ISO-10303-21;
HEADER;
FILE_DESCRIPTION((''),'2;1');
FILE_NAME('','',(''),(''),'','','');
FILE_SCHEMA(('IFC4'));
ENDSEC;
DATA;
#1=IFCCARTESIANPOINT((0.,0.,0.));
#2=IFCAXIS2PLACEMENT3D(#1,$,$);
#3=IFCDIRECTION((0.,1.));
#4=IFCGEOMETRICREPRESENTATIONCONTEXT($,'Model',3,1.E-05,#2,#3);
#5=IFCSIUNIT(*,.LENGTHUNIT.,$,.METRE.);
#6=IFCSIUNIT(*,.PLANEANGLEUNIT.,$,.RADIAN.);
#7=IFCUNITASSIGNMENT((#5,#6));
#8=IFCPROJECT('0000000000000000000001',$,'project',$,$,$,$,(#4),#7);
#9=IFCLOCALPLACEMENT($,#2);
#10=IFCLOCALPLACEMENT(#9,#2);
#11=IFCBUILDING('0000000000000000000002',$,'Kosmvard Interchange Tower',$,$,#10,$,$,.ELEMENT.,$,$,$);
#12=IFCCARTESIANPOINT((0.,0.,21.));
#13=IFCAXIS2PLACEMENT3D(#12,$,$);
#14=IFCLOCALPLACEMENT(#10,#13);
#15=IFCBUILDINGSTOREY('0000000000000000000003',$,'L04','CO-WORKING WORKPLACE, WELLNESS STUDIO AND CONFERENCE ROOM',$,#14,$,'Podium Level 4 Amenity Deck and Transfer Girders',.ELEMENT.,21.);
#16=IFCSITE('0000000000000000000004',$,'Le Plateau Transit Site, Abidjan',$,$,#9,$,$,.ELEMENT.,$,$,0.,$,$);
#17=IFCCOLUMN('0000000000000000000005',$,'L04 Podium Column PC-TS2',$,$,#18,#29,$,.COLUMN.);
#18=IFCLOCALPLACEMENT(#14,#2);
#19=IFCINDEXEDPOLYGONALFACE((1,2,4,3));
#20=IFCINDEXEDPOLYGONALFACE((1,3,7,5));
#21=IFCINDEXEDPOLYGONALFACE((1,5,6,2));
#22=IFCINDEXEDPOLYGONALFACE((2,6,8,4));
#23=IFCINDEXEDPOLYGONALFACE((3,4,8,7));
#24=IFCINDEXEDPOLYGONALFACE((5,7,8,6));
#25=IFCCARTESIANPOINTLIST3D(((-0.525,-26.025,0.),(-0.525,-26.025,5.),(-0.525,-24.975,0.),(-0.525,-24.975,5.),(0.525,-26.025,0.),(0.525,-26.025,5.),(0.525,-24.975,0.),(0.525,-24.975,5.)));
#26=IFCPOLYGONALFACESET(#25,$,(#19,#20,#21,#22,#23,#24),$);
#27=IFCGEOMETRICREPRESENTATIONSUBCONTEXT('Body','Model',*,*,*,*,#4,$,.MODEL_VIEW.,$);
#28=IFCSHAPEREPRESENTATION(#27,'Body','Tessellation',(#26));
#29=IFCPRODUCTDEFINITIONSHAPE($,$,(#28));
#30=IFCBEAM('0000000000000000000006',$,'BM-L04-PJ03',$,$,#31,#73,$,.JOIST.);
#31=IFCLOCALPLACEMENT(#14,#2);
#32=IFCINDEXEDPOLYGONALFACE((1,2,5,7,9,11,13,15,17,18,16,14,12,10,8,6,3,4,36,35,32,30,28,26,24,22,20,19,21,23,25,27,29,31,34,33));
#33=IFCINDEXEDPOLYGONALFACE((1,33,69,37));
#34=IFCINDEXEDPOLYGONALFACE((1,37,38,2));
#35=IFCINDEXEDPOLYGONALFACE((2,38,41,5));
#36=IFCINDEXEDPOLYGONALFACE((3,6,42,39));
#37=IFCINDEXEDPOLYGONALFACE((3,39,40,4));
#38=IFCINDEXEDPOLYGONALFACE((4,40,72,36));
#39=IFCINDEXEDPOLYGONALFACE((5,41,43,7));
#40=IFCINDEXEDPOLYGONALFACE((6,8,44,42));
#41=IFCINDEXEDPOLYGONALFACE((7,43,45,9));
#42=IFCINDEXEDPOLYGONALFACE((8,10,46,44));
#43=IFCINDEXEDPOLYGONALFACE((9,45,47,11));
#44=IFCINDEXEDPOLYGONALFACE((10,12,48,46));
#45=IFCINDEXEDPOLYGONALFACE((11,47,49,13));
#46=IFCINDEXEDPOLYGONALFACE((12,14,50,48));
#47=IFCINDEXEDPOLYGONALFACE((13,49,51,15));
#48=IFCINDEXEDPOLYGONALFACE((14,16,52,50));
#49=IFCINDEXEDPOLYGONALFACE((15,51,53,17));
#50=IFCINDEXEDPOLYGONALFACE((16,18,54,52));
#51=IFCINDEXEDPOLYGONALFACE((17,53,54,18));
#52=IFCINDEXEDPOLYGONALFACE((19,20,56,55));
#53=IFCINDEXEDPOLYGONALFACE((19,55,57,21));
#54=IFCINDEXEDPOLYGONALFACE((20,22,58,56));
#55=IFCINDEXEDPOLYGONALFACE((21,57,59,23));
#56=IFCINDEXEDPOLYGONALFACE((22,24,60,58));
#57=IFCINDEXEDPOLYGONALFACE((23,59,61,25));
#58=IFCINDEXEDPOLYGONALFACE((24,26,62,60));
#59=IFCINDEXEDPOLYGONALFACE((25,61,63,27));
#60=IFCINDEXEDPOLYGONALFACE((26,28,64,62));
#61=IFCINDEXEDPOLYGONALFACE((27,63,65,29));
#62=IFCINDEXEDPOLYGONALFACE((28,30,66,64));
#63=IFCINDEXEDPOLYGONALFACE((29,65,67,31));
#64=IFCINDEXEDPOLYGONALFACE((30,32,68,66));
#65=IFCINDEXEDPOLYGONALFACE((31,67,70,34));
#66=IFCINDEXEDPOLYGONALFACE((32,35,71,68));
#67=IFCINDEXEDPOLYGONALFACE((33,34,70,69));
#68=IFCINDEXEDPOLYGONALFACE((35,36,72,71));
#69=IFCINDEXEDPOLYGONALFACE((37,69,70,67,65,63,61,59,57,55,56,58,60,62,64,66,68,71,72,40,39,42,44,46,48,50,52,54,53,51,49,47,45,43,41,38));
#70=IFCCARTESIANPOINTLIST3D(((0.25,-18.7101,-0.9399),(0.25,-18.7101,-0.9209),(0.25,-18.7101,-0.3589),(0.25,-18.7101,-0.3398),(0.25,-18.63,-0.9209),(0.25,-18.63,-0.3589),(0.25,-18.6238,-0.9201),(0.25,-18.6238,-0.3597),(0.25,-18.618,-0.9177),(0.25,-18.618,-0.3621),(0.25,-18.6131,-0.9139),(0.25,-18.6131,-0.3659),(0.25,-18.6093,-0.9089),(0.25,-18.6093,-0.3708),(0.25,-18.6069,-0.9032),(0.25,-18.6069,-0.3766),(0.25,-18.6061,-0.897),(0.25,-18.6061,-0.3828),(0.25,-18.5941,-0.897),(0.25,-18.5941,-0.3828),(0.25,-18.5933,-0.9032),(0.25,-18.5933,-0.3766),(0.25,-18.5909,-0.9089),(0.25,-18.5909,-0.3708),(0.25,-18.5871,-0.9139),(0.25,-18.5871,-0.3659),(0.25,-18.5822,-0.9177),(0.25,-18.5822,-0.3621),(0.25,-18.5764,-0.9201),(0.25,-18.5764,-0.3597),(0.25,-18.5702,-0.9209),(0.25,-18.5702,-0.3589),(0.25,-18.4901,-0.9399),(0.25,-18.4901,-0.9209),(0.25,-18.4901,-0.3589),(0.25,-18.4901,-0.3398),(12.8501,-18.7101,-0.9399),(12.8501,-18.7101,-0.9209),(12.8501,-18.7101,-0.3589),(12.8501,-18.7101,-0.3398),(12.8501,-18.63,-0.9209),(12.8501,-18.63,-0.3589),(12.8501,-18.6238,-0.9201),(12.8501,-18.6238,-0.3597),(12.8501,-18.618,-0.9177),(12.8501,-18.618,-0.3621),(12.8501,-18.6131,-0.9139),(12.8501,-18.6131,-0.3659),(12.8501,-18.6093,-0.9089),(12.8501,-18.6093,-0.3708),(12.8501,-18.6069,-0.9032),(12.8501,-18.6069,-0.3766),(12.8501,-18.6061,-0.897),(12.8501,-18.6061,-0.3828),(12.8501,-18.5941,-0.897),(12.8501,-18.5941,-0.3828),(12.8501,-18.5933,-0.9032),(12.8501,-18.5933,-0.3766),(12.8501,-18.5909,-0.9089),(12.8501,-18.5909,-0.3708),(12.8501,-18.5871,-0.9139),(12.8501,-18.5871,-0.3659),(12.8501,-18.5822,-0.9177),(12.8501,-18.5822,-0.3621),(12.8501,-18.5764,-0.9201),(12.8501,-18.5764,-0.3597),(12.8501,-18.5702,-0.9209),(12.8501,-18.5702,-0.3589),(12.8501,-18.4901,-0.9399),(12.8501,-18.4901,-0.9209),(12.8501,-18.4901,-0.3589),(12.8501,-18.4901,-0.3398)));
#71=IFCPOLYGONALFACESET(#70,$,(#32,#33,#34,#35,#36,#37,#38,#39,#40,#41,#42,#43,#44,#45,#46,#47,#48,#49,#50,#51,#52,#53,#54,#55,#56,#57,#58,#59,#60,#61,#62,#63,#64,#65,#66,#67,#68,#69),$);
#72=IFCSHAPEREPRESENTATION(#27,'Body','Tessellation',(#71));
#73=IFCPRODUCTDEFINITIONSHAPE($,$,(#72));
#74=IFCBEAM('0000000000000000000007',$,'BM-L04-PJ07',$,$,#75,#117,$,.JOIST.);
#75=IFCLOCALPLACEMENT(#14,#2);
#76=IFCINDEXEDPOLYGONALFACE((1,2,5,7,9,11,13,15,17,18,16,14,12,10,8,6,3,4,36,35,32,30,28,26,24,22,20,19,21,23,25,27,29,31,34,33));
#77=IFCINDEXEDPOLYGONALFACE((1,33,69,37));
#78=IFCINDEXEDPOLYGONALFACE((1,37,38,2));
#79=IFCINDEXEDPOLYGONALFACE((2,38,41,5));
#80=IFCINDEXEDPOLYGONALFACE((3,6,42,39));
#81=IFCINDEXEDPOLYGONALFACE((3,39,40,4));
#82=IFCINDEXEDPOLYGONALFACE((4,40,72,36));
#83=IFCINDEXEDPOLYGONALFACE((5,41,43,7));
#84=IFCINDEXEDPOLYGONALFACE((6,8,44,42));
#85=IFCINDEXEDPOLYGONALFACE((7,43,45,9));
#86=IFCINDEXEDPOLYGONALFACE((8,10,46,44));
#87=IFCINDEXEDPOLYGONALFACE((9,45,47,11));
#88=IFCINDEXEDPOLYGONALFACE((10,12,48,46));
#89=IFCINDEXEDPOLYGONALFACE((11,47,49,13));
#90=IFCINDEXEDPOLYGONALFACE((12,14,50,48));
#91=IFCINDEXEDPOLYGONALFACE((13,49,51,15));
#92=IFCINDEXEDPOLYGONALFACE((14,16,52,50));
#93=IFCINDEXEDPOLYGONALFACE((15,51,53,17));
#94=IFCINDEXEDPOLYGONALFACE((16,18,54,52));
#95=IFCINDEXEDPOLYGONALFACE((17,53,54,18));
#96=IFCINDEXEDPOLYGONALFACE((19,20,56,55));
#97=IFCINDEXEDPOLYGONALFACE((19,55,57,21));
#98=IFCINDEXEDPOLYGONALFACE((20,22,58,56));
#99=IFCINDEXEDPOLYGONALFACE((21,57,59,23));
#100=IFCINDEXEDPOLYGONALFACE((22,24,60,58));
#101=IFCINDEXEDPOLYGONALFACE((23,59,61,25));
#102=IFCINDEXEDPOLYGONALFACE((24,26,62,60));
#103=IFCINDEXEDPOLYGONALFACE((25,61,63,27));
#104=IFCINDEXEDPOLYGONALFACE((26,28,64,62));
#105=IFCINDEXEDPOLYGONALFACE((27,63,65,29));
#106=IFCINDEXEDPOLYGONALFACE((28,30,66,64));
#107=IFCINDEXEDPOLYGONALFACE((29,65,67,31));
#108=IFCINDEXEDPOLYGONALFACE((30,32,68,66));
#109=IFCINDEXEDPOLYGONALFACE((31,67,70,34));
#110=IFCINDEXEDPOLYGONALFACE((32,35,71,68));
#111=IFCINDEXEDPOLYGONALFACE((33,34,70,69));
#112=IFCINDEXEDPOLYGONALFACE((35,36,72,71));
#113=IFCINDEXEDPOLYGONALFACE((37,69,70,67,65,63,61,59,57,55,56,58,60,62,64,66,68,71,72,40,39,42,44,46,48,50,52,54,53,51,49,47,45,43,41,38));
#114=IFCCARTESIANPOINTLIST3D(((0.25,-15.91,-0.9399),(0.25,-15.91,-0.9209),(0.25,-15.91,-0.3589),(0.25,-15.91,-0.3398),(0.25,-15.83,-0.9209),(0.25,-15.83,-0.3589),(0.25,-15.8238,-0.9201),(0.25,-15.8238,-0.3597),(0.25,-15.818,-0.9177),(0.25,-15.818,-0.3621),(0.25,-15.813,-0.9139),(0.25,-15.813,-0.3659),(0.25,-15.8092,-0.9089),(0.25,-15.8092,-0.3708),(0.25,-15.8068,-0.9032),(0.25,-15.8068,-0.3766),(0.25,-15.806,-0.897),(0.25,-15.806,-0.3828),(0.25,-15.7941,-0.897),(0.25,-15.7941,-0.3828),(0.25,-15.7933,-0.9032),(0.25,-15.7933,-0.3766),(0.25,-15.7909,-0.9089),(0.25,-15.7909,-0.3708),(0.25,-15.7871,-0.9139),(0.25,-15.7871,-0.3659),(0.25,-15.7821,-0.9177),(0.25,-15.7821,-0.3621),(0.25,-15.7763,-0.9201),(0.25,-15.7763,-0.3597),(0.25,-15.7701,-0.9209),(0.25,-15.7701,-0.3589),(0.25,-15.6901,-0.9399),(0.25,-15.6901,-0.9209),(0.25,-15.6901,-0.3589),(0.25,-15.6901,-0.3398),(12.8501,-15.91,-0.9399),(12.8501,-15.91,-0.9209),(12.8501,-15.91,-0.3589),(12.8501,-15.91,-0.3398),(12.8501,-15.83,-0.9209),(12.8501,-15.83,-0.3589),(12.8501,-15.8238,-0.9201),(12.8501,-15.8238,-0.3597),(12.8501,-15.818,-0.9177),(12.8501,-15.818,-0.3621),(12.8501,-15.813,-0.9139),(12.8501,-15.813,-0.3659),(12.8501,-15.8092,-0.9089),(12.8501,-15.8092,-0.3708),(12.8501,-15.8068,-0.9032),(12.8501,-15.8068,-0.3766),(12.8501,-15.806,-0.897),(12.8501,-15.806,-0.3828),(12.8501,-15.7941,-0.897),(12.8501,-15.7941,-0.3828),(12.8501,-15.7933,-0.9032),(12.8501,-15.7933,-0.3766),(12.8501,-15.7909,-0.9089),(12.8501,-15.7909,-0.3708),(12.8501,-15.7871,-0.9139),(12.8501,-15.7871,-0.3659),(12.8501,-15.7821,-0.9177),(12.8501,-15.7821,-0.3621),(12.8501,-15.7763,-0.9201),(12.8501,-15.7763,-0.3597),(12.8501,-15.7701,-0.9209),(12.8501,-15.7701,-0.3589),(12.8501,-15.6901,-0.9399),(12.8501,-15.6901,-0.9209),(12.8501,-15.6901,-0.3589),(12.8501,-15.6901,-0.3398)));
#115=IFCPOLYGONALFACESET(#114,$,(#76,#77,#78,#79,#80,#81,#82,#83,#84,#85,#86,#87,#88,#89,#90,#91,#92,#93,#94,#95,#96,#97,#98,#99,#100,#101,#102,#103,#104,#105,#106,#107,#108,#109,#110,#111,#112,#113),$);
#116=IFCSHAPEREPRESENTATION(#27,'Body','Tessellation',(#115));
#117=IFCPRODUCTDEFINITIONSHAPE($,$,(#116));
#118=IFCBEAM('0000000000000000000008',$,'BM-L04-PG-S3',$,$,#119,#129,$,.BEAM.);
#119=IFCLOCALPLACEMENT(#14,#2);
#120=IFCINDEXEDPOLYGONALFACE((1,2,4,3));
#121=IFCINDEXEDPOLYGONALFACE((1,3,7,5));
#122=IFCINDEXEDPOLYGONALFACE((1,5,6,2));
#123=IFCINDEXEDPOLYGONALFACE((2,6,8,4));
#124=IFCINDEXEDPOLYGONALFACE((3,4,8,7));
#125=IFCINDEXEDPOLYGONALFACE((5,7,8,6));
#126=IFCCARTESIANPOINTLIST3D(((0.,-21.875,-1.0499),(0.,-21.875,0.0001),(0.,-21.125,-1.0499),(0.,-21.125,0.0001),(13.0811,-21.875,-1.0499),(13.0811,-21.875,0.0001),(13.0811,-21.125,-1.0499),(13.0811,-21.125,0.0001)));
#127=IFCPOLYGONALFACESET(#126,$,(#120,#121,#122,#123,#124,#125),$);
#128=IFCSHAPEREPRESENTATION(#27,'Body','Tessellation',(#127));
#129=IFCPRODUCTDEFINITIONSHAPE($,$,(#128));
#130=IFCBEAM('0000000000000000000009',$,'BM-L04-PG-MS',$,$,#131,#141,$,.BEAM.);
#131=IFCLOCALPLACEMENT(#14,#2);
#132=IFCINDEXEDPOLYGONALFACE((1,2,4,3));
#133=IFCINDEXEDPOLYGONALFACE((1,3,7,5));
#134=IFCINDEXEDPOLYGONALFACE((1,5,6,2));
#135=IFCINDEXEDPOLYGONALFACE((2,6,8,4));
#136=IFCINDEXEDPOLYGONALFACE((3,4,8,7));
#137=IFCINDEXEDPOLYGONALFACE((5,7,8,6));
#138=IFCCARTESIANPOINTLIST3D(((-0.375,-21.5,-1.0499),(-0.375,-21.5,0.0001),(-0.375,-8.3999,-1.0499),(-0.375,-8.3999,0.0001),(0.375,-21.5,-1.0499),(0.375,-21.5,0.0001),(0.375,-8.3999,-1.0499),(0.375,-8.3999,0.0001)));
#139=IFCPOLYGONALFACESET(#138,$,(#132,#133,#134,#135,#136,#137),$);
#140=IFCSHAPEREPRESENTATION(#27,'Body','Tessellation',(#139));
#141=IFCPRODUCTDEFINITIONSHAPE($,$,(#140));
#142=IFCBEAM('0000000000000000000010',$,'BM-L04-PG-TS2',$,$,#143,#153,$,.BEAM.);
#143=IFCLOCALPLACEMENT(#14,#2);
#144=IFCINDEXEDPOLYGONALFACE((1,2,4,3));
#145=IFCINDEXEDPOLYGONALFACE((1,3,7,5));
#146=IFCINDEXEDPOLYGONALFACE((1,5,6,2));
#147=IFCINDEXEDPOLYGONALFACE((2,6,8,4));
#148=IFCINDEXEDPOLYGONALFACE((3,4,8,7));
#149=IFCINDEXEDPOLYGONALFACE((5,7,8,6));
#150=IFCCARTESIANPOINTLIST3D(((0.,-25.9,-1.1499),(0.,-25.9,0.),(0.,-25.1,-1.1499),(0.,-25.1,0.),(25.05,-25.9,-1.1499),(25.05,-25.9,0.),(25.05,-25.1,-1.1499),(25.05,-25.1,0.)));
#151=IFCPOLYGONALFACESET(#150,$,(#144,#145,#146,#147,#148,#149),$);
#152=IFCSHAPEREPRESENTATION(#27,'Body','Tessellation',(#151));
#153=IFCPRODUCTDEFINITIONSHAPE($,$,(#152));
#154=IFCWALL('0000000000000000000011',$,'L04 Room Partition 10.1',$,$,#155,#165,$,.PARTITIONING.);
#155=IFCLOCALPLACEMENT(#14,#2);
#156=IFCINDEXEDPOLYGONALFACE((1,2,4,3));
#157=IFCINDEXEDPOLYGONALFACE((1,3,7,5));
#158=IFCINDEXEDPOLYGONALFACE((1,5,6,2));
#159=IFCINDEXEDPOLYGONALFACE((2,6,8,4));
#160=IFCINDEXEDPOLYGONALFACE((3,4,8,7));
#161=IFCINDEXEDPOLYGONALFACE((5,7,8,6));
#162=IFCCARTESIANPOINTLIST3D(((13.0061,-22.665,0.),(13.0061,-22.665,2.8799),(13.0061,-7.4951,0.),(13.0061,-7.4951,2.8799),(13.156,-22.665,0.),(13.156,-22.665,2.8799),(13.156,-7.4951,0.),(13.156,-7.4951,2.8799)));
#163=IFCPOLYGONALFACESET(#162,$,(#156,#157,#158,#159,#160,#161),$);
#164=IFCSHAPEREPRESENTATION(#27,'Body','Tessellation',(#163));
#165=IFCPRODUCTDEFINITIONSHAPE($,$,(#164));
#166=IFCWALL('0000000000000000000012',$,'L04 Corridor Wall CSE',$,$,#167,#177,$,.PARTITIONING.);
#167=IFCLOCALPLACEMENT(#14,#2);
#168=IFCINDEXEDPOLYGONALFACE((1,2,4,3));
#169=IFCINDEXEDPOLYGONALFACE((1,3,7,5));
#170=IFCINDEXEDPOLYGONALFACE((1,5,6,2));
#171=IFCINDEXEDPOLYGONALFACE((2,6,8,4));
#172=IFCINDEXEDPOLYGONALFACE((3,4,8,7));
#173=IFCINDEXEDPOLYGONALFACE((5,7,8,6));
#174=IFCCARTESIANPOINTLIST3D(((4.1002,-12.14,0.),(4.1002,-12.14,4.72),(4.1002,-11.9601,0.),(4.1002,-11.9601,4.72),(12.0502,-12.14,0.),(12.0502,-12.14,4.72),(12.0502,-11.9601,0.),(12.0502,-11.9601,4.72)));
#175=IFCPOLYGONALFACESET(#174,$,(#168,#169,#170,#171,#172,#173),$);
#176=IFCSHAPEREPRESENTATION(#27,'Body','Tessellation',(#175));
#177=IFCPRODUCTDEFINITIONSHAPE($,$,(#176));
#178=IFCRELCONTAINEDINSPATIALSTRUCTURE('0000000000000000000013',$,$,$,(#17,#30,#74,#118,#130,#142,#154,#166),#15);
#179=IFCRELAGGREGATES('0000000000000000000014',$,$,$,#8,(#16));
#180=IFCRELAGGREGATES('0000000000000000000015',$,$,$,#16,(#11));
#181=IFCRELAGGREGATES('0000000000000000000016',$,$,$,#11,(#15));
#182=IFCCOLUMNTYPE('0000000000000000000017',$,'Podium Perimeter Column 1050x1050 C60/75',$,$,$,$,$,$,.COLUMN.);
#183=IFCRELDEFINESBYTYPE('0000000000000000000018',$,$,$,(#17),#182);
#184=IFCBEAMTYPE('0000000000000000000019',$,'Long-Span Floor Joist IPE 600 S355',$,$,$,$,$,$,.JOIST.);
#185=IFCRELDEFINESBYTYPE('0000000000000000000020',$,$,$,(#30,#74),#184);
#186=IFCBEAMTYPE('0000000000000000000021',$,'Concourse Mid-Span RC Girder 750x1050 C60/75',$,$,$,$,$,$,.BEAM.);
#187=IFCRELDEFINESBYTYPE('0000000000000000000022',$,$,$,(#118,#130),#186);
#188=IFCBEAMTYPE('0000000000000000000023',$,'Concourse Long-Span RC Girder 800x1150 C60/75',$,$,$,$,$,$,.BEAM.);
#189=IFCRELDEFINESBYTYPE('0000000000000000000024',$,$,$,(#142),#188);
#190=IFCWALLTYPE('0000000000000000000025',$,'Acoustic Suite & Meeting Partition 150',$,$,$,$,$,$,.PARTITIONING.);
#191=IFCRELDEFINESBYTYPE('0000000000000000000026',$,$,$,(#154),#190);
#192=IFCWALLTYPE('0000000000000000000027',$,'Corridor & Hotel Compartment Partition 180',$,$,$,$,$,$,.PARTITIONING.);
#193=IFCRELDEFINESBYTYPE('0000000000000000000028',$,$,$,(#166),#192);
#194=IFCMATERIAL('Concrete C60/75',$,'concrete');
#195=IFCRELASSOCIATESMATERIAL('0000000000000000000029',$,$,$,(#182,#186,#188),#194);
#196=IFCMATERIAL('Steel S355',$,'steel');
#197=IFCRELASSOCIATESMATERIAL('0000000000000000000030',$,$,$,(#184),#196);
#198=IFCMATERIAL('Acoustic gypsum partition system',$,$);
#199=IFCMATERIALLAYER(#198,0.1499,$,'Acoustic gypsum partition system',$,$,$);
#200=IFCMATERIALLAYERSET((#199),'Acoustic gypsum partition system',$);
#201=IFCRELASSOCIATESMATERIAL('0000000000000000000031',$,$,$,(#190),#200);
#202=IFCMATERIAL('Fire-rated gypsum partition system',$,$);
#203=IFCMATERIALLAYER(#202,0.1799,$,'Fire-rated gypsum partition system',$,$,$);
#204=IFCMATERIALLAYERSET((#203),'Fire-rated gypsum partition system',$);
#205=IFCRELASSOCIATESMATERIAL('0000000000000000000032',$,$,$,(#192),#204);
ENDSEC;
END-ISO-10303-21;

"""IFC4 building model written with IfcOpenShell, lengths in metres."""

from ifc_helpers import new_model, si_unit, direction, frame, frame_2d, origin, origin_2d, place, context, subcontext, project, spatial, rectangle, i_section, extrude, source, transform, mapped, material, layer, layer_set, material_profile, profile_set, type_object, element, save


model = new_model("IFC4")

# Units and contexts
model_context = context("Model", 3, precision=1e-05, world=origin(), true_north=direction((0.0, 1.0)))
body_context = subcontext(model_context, "Body", "Model", "MODEL_VIEW")
ifc_project = project(units=[si_unit("LENGTHUNIT", "METRE"), si_unit("PLANEANGLEUNIT", "RADIAN")], contexts=[model_context])

# Site, building, storey
site_placement = place(None, origin())
site = spatial("IfcSite", under=ifc_project, at=site_placement, Name="Le Plateau Transit Site, Abidjan", CompositionType="ELEMENT", RefElevation=0.0)
building_placement = place(site_placement, origin())
building = spatial("IfcBuilding", under=site, at=building_placement, Name="Kosmvard Interchange Tower", CompositionType="ELEMENT")
storey_placement = place(building_placement, frame((0.0, 0.0, 21.0)))
storey = spatial("IfcBuildingStorey", under=building, at=storey_placement, Name="L04", Description="CO-WORKING WORKPLACE, WELLNESS STUDIO AND CONFERENCE ROOM", LongName="Podium Level 4 Amenity Deck and Transfer Girders", CompositionType="ELEMENT", Elevation=21.0)

# Column
ifc_material_1 = material(Name="Concrete C60/75", Category="concrete")
ifc_material_profile_1 = material_profile(ifc_material_1, rectangle(XDim=1.05, YDim=1.05, at=origin_2d()), Name="PC 1050x1050")
ifc_profile_set_1 = profile_set([ifc_material_profile_1], Name="Concrete C60/75")
column_type = type_object("IfcColumnType", Name="Podium Perimeter Column 1050x1050 C60/75", PredefinedType="COLUMN", material=ifc_profile_set_1)
shared_shape_1 = source(origin(), body_context, "Body", "SweptSolid", [
    extrude(rectangle(XDim=1.05, YDim=1.05, at=origin_2d()), origin(), (0.0, 0.0, 1.0), 5.0),
])
column_placement = place(storey_placement, frame((0.0, -25.5, 0.0), z_axis=(0.0, 0.0, 1.0), x_axis=(1.0, 0.0, 0.0)))
element("IfcColumn", 1, at=column_placement, inside=storey, type_object=column_type, Name="L04 Podium Column PC-TS2", PredefinedType="COLUMN", context=body_context, shape_type="MappedRepresentation", body=[
    mapped(shared_shape_1, transform((0.0, 0.0, 0.0), scale=1.0)),
])

# Beams
ifc_material_2 = material(Name="Steel S355", Category="steel")
ifc_material_profile_2 = material_profile(ifc_material_2, i_section(OverallWidth=0.22, OverallDepth=0.6001, WebThickness=0.012, FlangeThickness=0.019, FilletRadius=0.0239, at=origin_2d()), Name="IPE 600")
ifc_profile_set_2 = profile_set([ifc_material_profile_2], Name="Steel S355")
beam_type_1 = type_object("IfcBeamType", Name="Long-Span Floor Joist IPE 600 S355", PredefinedType="JOIST", material=ifc_profile_set_2)
shared_shape_2 = source(origin(), body_context, "Body", "SweptSolid", [
    extrude(i_section(OverallWidth=0.22, OverallDepth=0.6001, WebThickness=0.012, FlangeThickness=0.019, FilletRadius=0.0239, at=origin_2d()), origin(), (0.0, 0.0, 1.0), 12.6001),
])
for number, where, z_axis, x_axis, name in (
    (2, (0.25, -18.6001, -0.6399), (1.0, 0.0, 0.0), (0.0, 1.0, 0.0), "BM-L04-PJ03"),
    (3, (0.25, -15.8, -0.6399), (1.0, 0.0, 0.0), (0.0, 1.0, 0.0), "BM-L04-PJ07"),
):
    element("IfcBeam", number, at=place(storey_placement, frame(where, z_axis=z_axis, x_axis=x_axis)), inside=storey, type_object=beam_type_1, Name=name, PredefinedType="JOIST", context=body_context, shape_type="MappedRepresentation", body=[
        mapped(shared_shape_2, transform((0.0, 0.0, 0.0), scale=1.0)),
    ])
ifc_material_profile_3 = material_profile(ifc_material_1, rectangle(XDim=0.75, YDim=1.05, at=origin_2d()), Name="RCG 750x1050")
ifc_profile_set_3 = profile_set([ifc_material_profile_3], Name="Concrete C60/75")
beam_type_2 = type_object("IfcBeamType", Name="Concourse Mid-Span RC Girder 750x1050 C60/75", PredefinedType="BEAM", material=ifc_profile_set_3)
shared_shape_3 = source(origin(), body_context, "Body", "SweptSolid", [
    extrude(rectangle(XDim=0.75, YDim=1.05, at=origin_2d()), origin(), (0.0, 0.0, 1.0), 13.0811),
])
beam_1_placement = place(storey_placement, frame((0.0, -21.5, -0.5249), z_axis=(1.0, 0.0, 0.0), x_axis=(0.0, 1.0, 0.0)))
element("IfcBeam", 4, at=beam_1_placement, inside=storey, type_object=beam_type_2, Name="BM-L04-PG-S3", PredefinedType="BEAM", context=body_context, shape_type="MappedRepresentation", body=[
    mapped(shared_shape_3, transform((0.0, 0.0, 0.0), scale=1.0)),
])
shared_shape_4 = source(origin(), body_context, "Body", "SweptSolid", [
    extrude(rectangle(XDim=0.75, YDim=1.05, at=origin_2d()), origin(), (0.0, 0.0, 1.0), 13.1001),
])
beam_2_placement = place(storey_placement, frame((0.0, -21.5, -0.5249), z_axis=(0.0, 1.0, 0.0), x_axis=(-1.0, 0.0, 0.0)))
element("IfcBeam", 5, at=beam_2_placement, inside=storey, type_object=beam_type_2, Name="BM-L04-PG-MS", PredefinedType="BEAM", context=body_context, shape_type="MappedRepresentation", body=[
    mapped(shared_shape_4, transform((0.0, 0.0, 0.0), scale=1.0)),
])
ifc_material_profile_4 = material_profile(ifc_material_1, rectangle(XDim=0.8, YDim=1.1499, at=origin_2d()), Name="RCG 800x1150")
ifc_profile_set_4 = profile_set([ifc_material_profile_4], Name="Concrete C60/75")
beam_type_3 = type_object("IfcBeamType", Name="Concourse Long-Span RC Girder 800x1150 C60/75", PredefinedType="BEAM", material=ifc_profile_set_4)
shared_shape_5 = source(origin(), body_context, "Body", "SweptSolid", [
    extrude(rectangle(XDim=0.8, YDim=1.1499, at=origin_2d()), origin(), (0.0, 0.0, 1.0), 25.05),
])
beam_3_placement = place(storey_placement, frame((0.0, -25.5, -0.575), z_axis=(1.0, 0.0, 0.0), x_axis=(0.0, 1.0, 0.0)))
element("IfcBeam", 6, at=beam_3_placement, inside=storey, type_object=beam_type_3, Name="BM-L04-PG-TS2", PredefinedType="BEAM", context=body_context, shape_type="MappedRepresentation", body=[
    mapped(shared_shape_5, transform((0.0, 0.0, 0.0), scale=1.0)),
])

# Walls
ifc_material_3 = material(Name="Acoustic gypsum partition system")
ifc_layer_1 = layer(ifc_material_3, 0.1499, Name="Acoustic gypsum partition system")
ifc_layer_set_1 = layer_set([ifc_layer_1], Name="Acoustic gypsum partition system")
wall_type_1 = type_object("IfcWallType", Name="Acoustic Suite & Meeting Partition 150", PredefinedType="PARTITIONING", material=ifc_layer_set_1)
wall_1_placement = place(storey_placement, frame((13.0811, -22.665, 0.0), z_axis=(0.0, 0.0, 1.0), x_axis=(0.0, 1.0, 0.0)))
element("IfcWall", 7, at=wall_1_placement, inside=storey, type_object=wall_type_1, Name="L04 Room Partition 10.1", PredefinedType="PARTITIONING", context=body_context, shape_type="SweptSolid", body=[
    extrude(rectangle(XDim=15.1699, YDim=0.1499, at=frame_2d((7.585, 0.0))), origin(), (0.0, 0.0, 1.0), 2.8799),
])
ifc_material_4 = material(Name="Fire-rated gypsum partition system")
ifc_layer_2 = layer(ifc_material_4, 0.1799, Name="Fire-rated gypsum partition system")
ifc_layer_set_2 = layer_set([ifc_layer_2], Name="Fire-rated gypsum partition system")
wall_type_2 = type_object("IfcWallType", Name="Corridor & Hotel Compartment Partition 180", PredefinedType="PARTITIONING", material=ifc_layer_set_2)
wall_2_placement = place(storey_placement, frame((4.1001, -12.05, 0.0), z_axis=(0.0, 0.0, 1.0), x_axis=(1.0, 0.0, 0.0)))
element("IfcWall", 8, at=wall_2_placement, inside=storey, type_object=wall_type_2, Name="L04 Corridor Wall CSE", PredefinedType="PARTITIONING", context=body_context, shape_type="SweptSolid", body=[
    extrude(rectangle(XDim=7.95, YDim=0.1799, at=frame_2d((3.9751, 0.0))), origin(), (0.0, 0.0, 1.0), 4.72),
])

save(model, "model.ifc")
